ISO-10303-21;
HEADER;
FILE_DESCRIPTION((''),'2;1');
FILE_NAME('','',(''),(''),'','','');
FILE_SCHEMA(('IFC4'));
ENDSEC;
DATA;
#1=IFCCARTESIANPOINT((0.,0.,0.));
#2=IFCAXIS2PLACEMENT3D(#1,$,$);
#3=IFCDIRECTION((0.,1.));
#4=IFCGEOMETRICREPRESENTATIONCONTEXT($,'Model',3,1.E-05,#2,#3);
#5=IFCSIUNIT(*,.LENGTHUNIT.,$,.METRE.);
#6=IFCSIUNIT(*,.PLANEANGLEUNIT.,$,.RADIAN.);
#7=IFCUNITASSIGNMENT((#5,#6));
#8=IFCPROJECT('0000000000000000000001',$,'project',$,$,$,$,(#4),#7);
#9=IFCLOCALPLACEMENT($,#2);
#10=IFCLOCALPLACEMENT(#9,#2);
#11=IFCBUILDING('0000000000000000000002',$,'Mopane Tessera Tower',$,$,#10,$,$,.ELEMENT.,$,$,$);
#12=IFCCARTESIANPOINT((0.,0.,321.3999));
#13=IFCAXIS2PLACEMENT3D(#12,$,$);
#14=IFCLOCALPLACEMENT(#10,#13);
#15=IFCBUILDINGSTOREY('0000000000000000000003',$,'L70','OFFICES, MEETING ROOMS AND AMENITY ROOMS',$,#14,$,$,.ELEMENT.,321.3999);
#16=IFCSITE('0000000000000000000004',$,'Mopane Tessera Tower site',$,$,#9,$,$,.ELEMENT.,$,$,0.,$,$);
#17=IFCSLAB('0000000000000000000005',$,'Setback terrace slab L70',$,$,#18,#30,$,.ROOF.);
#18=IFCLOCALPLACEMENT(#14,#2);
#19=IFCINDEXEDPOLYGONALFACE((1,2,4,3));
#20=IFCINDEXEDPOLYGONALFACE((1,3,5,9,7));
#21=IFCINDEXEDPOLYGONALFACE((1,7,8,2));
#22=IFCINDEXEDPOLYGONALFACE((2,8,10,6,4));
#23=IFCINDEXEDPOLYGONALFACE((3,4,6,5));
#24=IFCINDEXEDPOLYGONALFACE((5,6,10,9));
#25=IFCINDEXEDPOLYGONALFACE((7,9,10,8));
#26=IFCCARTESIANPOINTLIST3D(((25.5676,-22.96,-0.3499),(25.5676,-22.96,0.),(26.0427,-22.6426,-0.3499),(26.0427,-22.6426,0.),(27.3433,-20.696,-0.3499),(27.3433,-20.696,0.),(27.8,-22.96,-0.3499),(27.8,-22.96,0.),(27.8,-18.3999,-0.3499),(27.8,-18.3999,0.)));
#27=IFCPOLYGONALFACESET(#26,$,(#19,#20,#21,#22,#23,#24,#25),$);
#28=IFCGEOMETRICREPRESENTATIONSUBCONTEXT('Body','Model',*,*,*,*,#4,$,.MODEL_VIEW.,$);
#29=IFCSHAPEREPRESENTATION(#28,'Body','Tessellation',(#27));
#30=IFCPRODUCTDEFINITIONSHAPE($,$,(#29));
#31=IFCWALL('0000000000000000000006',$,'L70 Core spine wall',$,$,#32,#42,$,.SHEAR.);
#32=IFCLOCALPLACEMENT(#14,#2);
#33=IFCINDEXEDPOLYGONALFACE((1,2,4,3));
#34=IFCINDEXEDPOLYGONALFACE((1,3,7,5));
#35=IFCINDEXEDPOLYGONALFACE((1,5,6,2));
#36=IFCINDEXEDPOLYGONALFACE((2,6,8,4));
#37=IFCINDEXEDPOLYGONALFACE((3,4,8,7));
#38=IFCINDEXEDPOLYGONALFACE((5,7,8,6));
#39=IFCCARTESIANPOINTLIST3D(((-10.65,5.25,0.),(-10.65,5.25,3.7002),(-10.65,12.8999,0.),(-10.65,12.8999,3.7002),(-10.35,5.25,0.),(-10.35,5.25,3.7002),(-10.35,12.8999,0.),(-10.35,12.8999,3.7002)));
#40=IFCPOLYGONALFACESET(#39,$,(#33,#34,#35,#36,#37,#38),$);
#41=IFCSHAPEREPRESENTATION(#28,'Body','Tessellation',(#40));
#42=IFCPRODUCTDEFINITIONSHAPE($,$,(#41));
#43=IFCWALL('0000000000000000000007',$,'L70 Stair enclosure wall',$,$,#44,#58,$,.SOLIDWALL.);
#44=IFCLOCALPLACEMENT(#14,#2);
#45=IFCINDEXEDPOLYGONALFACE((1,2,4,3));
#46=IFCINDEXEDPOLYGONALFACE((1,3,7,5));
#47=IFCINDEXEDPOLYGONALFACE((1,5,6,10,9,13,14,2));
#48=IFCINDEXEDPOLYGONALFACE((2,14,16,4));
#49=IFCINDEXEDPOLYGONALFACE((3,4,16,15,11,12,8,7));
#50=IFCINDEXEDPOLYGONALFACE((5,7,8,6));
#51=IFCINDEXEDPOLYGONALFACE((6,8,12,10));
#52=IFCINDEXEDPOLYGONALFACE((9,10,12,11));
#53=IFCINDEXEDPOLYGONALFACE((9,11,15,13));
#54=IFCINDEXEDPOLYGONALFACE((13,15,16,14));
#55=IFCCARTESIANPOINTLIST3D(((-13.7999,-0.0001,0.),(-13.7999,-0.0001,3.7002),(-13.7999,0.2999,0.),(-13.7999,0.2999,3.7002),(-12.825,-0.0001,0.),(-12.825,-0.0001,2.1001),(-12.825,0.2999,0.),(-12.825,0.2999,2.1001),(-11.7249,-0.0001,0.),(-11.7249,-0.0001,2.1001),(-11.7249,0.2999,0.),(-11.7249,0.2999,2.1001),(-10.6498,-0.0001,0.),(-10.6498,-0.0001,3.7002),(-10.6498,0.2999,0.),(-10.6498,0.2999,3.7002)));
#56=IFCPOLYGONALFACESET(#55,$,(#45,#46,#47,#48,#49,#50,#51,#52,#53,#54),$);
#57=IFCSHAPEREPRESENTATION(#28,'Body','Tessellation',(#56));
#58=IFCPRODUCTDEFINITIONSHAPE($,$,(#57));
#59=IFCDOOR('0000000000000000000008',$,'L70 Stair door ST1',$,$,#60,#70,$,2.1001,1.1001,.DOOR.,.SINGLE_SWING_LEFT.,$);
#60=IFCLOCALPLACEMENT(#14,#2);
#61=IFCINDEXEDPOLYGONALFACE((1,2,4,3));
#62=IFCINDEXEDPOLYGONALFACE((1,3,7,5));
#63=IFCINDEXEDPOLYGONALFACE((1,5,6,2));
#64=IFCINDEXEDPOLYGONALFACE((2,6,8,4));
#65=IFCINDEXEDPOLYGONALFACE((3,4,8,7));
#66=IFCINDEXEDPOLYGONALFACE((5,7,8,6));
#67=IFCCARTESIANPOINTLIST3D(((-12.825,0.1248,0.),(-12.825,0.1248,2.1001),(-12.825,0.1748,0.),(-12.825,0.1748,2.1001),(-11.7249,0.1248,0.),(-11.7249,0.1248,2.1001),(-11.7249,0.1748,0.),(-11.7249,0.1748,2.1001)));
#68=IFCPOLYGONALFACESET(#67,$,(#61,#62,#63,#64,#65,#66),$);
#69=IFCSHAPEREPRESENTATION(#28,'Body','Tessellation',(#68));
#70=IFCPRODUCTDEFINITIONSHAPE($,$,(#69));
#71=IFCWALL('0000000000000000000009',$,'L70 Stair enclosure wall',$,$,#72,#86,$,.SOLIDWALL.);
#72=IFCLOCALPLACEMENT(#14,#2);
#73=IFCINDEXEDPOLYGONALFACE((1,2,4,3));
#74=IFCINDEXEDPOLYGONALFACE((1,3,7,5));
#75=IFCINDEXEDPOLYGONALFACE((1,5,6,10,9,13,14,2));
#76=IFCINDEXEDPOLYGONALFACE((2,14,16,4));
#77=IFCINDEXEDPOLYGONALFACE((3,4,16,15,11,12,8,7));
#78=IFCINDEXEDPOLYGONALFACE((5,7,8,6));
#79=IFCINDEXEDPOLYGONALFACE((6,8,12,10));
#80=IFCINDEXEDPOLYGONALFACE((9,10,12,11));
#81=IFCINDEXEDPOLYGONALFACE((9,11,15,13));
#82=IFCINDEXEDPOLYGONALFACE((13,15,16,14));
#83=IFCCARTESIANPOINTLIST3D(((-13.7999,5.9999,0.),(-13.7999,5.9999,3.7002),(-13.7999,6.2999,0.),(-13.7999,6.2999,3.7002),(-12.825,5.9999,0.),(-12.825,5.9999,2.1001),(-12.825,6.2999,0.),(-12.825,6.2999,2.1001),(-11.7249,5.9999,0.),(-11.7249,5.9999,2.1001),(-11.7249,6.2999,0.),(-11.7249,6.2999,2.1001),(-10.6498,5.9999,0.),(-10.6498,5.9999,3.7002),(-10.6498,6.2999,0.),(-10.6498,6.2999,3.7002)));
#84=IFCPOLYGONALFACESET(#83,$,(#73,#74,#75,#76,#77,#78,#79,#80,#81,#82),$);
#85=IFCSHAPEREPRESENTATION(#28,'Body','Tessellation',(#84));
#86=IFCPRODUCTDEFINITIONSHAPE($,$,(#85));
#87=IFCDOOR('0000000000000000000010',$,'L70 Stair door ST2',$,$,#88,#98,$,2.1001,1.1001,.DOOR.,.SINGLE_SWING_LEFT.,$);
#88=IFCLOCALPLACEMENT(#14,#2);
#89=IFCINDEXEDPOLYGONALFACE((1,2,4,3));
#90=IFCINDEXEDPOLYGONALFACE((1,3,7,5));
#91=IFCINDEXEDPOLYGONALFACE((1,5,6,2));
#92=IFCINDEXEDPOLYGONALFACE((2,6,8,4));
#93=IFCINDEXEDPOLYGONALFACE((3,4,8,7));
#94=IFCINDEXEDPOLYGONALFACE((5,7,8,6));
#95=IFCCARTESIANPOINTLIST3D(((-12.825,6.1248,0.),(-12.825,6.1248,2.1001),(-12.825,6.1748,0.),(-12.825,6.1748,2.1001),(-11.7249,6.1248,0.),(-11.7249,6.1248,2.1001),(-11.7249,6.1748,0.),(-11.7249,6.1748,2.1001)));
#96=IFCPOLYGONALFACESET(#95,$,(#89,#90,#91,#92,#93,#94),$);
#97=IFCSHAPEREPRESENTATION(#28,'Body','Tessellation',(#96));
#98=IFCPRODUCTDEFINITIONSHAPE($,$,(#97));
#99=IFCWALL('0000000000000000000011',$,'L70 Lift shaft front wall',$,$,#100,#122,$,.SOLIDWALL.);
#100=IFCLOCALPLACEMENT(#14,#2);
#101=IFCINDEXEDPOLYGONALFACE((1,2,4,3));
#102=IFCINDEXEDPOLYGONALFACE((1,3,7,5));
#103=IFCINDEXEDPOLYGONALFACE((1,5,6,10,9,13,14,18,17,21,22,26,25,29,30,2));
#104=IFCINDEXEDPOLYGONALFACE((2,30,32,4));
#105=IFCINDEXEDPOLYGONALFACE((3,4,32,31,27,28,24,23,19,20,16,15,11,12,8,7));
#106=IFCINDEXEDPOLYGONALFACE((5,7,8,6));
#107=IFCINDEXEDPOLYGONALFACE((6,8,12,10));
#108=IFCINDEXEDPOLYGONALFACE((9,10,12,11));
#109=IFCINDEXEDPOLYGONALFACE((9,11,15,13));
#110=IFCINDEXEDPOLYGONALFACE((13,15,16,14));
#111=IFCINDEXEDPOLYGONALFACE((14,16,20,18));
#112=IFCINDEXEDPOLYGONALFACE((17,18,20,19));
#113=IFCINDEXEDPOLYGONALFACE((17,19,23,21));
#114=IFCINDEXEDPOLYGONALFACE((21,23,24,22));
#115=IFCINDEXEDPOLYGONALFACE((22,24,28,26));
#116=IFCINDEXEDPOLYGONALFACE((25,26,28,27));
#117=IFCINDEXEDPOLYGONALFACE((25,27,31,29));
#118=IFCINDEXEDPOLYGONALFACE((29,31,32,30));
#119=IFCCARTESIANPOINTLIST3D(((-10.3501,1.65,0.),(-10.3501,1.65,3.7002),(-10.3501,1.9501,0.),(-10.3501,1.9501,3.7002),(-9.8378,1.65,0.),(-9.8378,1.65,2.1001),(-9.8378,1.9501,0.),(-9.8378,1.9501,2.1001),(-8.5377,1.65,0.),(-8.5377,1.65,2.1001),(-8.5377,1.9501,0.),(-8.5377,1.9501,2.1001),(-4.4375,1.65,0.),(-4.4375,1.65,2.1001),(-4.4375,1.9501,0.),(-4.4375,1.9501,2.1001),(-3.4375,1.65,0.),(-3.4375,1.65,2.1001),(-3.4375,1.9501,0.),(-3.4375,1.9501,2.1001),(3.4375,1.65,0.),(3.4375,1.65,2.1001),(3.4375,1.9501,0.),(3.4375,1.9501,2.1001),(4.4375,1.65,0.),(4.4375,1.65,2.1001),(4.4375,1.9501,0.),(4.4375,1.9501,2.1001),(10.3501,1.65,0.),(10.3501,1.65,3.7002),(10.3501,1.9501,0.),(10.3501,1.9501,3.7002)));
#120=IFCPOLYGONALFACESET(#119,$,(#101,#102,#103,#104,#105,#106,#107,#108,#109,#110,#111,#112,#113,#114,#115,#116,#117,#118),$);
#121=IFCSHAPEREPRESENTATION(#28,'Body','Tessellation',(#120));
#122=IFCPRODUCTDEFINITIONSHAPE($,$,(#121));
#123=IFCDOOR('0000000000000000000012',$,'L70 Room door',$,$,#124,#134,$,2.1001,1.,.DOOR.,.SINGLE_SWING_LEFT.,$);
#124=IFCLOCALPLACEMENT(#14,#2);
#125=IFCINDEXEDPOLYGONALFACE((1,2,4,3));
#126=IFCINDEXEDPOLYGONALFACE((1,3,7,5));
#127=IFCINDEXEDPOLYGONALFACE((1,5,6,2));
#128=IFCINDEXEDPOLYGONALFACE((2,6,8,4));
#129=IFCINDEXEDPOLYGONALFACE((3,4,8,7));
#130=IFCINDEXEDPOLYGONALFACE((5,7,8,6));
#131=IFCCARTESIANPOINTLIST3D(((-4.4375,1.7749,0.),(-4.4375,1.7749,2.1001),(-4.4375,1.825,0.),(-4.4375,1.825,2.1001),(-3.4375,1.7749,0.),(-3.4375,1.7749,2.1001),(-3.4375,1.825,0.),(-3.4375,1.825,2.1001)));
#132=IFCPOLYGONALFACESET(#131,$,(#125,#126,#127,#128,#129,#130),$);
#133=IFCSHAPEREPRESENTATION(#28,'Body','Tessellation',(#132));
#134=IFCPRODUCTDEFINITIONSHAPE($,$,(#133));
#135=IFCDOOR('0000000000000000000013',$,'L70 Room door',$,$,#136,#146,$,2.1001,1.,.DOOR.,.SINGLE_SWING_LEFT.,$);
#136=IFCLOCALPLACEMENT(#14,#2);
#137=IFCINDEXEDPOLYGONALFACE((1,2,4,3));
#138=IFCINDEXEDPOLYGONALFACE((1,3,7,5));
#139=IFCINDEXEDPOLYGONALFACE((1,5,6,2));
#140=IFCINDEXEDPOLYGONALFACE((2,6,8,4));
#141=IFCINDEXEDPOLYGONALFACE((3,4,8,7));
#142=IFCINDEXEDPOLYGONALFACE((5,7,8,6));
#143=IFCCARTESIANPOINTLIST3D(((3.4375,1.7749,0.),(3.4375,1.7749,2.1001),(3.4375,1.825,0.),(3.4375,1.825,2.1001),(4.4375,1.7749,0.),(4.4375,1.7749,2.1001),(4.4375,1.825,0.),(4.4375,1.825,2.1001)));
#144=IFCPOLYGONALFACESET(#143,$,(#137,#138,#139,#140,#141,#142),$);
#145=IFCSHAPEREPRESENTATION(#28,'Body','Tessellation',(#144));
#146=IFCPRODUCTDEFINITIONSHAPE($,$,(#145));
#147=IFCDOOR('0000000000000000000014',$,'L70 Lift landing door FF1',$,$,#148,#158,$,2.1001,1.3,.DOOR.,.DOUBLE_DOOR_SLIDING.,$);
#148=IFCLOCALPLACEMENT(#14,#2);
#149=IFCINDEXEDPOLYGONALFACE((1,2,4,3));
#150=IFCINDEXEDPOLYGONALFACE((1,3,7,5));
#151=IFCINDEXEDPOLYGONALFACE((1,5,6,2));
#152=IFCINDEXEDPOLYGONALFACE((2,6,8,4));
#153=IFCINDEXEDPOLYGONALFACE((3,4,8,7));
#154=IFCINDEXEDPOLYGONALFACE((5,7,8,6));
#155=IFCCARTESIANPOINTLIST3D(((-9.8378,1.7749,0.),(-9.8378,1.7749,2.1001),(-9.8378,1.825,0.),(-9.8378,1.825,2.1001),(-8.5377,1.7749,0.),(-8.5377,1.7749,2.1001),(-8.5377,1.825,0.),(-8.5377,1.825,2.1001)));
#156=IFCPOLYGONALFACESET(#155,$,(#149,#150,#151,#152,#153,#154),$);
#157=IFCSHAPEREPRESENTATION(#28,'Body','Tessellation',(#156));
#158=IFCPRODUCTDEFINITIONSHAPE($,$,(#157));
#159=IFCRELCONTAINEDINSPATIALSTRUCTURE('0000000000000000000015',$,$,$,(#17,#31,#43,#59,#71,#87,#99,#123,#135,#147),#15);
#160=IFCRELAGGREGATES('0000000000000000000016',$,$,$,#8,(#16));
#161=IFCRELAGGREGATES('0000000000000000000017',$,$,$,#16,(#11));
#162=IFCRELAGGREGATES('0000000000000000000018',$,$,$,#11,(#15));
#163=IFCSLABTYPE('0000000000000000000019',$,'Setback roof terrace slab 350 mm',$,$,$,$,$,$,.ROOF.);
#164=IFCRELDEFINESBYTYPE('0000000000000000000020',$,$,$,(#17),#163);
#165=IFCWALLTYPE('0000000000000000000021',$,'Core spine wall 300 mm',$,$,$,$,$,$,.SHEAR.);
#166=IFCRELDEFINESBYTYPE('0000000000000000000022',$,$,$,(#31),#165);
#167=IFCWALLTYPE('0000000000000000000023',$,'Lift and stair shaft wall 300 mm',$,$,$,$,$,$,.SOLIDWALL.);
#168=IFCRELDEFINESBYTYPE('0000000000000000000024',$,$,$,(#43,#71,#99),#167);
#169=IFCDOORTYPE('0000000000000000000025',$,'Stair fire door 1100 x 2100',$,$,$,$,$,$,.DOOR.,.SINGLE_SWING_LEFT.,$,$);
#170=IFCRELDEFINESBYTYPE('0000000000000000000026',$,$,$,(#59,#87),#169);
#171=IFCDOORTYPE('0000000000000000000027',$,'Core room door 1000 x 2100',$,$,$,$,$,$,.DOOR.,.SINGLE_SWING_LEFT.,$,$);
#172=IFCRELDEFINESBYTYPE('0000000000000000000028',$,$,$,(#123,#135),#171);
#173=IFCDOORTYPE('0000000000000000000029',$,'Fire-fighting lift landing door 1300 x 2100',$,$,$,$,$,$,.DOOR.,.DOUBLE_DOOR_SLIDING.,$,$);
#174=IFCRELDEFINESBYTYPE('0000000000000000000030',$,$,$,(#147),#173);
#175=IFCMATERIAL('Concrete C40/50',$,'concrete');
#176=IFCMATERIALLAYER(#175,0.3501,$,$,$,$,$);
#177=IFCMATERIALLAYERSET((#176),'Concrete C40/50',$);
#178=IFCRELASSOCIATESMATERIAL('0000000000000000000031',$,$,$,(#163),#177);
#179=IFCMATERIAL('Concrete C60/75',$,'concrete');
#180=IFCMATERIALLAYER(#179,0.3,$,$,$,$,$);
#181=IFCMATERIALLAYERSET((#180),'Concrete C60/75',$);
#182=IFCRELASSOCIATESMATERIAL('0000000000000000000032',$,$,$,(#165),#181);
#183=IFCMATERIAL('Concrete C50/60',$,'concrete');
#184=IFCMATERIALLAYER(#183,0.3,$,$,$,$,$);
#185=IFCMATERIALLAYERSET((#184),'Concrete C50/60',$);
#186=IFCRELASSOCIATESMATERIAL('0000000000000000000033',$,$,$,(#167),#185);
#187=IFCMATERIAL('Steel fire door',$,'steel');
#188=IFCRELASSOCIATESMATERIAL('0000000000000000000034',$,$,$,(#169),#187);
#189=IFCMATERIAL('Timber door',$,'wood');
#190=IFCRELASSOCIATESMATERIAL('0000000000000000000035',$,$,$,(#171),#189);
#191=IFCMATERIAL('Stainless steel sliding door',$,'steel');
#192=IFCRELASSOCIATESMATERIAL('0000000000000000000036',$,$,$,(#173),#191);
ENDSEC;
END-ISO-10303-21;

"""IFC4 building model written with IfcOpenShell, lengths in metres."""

from ifc_helpers import new_model, si_unit, direction, frame, frame_2d, origin, place, context, subcontext, project, spatial, polyline, rectangle, outline, extrude, material, layer, layer_set, type_object, element, fill, save


model = new_model("IFC4")

# Units and contexts
model_context = context("Model", 3, precision=1e-05, world=origin(), true_north=direction((0.0, 1.0)))
body_context = subcontext(model_context, "Body", "Model", "MODEL_VIEW")
ifc_project = project(units=[si_unit("LENGTHUNIT", "METRE"), si_unit("PLANEANGLEUNIT", "RADIAN")], contexts=[model_context])

# Site, building, storey
site_placement = place(None, origin())
site = spatial("IfcSite", under=ifc_project, at=site_placement, Name="Mopane Tessera Tower site", CompositionType="ELEMENT", RefElevation=0.0)
building_placement = place(site_placement, origin())
building = spatial("IfcBuilding", under=site, at=building_placement, Name="Mopane Tessera Tower", CompositionType="ELEMENT")
storey_placement = place(building_placement, frame((0.0, 0.0, 321.3999)))
storey = spatial("IfcBuildingStorey", under=building, at=storey_placement, Name="L70", Description="OFFICES, MEETING ROOMS AND AMENITY ROOMS", CompositionType="ELEMENT", Elevation=321.3999)

# Slab
ifc_material_1 = material(Name="Concrete C40/50", Category="concrete")
ifc_layer_1 = layer(ifc_material_1, 0.3501)
ifc_layer_set_1 = layer_set([ifc_layer_1], Name="Concrete C40/50")
slab_type = type_object("IfcSlabType", Name="Setback roof terrace slab 350 mm", PredefinedType="ROOF", material=ifc_layer_set_1)
slab_placement = place(storey_placement, frame((0.0, 0.0, -0.3499)))
element("IfcSlab", 1, at=slab_placement, inside=storey, type_object=slab_type, Name="Setback terrace slab L70", PredefinedType="ROOF", context=body_context, shape_type="SweptSolid", body=[
    extrude(outline(polyline([(25.5676, -22.96), (27.8, -22.96), (27.8, -18.3999), (27.3433, -20.696), (26.0427, -22.6426), (25.5676, -22.96)])), origin(), (0.0, 0.0, 1.0), 0.3499),
])

# Wall
ifc_material_2 = material(Name="Concrete C60/75", Category="concrete")
ifc_layer_2 = layer(ifc_material_2, 0.3)
ifc_layer_set_2 = layer_set([ifc_layer_2], Name="Concrete C60/75")
wall_type_1 = type_object("IfcWallType", Name="Core spine wall 300 mm", PredefinedType="SHEAR", material=ifc_layer_set_2)
wall_1_placement = place(storey_placement, frame((-10.5, 5.25, 0.0), z_axis=(0.0, 0.0, 1.0), x_axis=(0.0, 1.0, 0.0)))
element("IfcWall", 2, at=wall_1_placement, inside=storey, type_object=wall_type_1, Name="L70 Core spine wall", PredefinedType="SHEAR", context=body_context, shape_type="SweptSolid", body=[
    extrude(rectangle(XDim=7.6499, YDim=0.3, at=frame_2d((3.825, 0.0))), origin(), (0.0, 0.0, 1.0), 3.7002),
])

# Walls, openings, doors
ifc_material_3 = material(Name="Concrete C50/60", Category="concrete")
ifc_layer_3 = layer(ifc_material_3, 0.3)
ifc_layer_set_3 = layer_set([ifc_layer_3], Name="Concrete C50/60")
wall_type_2 = type_object("IfcWallType", Name="Lift and stair shaft wall 300 mm", PredefinedType="SOLIDWALL", material=ifc_layer_set_3)
wall_2_placement = place(storey_placement, frame((-13.8, 0.1499, 0.0), z_axis=(0.0, 0.0, 1.0), x_axis=(1.0, 0.0, 0.0)))
wall_2 = element("IfcWall", 3, at=wall_2_placement, inside=storey, type_object=wall_type_2, Name="L70 Stair enclosure wall", PredefinedType="SOLIDWALL", context=body_context, shape_type="SweptSolid", body=[
    extrude(rectangle(XDim=3.1501, YDim=0.3, at=frame_2d((1.5752, 0.0))), origin(), (0.0, 0.0, 1.0), 3.7002),
])
opening_1_placement = place(wall_2_placement, frame((0.9751, 0.0, 0.0)))
opening_1 = element("IfcOpeningElement", 4, at=opening_1_placement, cuts=wall_2, PredefinedType="OPENING", context=body_context, shape_type="SweptSolid", body=[
    extrude(rectangle(XDim=1.1001, YDim=2.1001, at=frame_2d((0.55, 1.05))), frame((0.0, 0.1621, 0.0), z_axis=(0.0, -1.0, 0.0), x_axis=(1.0, 0.0, 0.0)), (0.0, 0.0, 1.0), 0.324),
])
ifc_material_4 = material(Name="Steel fire door", Category="steel")
door_type_1 = type_object("IfcDoorType", Name="Stair fire door 1100 x 2100", OperationType="SINGLE_SWING_LEFT", PredefinedType="DOOR", material=ifc_material_4)
door_1_placement = place(opening_1_placement, origin())
door_1 = element("IfcDoor", 5, at=door_1_placement, inside=storey, type_object=door_type_1, Name="L70 Stair door ST1", OperationType="SINGLE_SWING_LEFT", OverallHeight=2.1001, OverallWidth=1.1001, PredefinedType="DOOR", context=body_context, shape_type="SweptSolid", body=[
    extrude(rectangle(XDim=1.1001, YDim=2.1001, at=frame_2d((0.55, 1.05))), frame((0.0, 0.0249, 0.0), z_axis=(0.0, -1.0, 0.0), x_axis=(1.0, 0.0, 0.0)), (0.0, 0.0, 1.0), 0.05),
])
fill(opening_1, door_1)
wall_3_placement = place(storey_placement, frame((-13.8, 6.1499, 0.0), z_axis=(0.0, 0.0, 1.0), x_axis=(1.0, 0.0, 0.0)))
wall_3 = element("IfcWall", 6, at=wall_3_placement, inside=storey, type_object=wall_type_2, Name="L70 Stair enclosure wall", PredefinedType="SOLIDWALL", context=body_context, shape_type="SweptSolid", body=[
    extrude(rectangle(XDim=3.1501, YDim=0.3, at=frame_2d((1.5752, 0.0))), origin(), (0.0, 0.0, 1.0), 3.7002),
])
opening_2_placement = place(wall_3_placement, frame((0.9751, 0.0, 0.0)))
opening_2 = element("IfcOpeningElement", 7, at=opening_2_placement, cuts=wall_3, PredefinedType="OPENING", context=body_context, shape_type="SweptSolid", body=[
    extrude(rectangle(XDim=1.1001, YDim=2.1001, at=frame_2d((0.55, 1.05))), frame((0.0, 0.1621, 0.0), z_axis=(0.0, -1.0, 0.0), x_axis=(1.0, 0.0, 0.0)), (0.0, 0.0, 1.0), 0.324),
])
door_2_placement = place(opening_2_placement, origin())
door_2 = element("IfcDoor", 8, at=door_2_placement, inside=storey, type_object=door_type_1, Name="L70 Stair door ST2", OperationType="SINGLE_SWING_LEFT", OverallHeight=2.1001, OverallWidth=1.1001, PredefinedType="DOOR", context=body_context, shape_type="SweptSolid", body=[
    extrude(rectangle(XDim=1.1001, YDim=2.1001, at=frame_2d((0.55, 1.05))), frame((0.0, 0.0249, 0.0), z_axis=(0.0, -1.0, 0.0), x_axis=(1.0, 0.0, 0.0)), (0.0, 0.0, 1.0), 0.05),
])
fill(opening_2, door_2)

# Wall, openings, doors
wall_4_placement = place(storey_placement, frame((-10.3501, 1.8, 0.0), z_axis=(0.0, 0.0, 1.0), x_axis=(1.0, 0.0, 0.0)))
wall_4 = element("IfcWall", 9, at=wall_4_placement, inside=storey, type_object=wall_type_2, Name="L70 Lift shaft front wall", PredefinedType="SOLIDWALL", context=body_context, shape_type="SweptSolid", body=[
    extrude(rectangle(XDim=20.7002, YDim=0.3, at=frame_2d((10.3501, 0.0))), origin(), (0.0, 0.0, 1.0), 3.7002),
])
opening_3_placement = place(wall_4_placement, frame((0.5125, 0.0, 0.0)))
opening_3 = element("IfcOpeningElement", 10, at=opening_3_placement, cuts=wall_4, PredefinedType="OPENING", context=body_context, shape_type="SweptSolid", body=[
    extrude(rectangle(XDim=1.3, YDim=2.1001, at=frame_2d((0.6499, 1.05))), frame((0.0, 0.1621, 0.0), z_axis=(0.0, -1.0, 0.0), x_axis=(1.0, 0.0, 0.0)), (0.0, 0.0, 1.0), 0.324),
])
opening_4_placement = place(wall_4_placement, frame((5.9126, 0.0, 0.0)))
opening_4 = element("IfcOpeningElement", 11, at=opening_4_placement, cuts=wall_4, PredefinedType="OPENING", context=body_context, shape_type="SweptSolid", body=[
    extrude(rectangle(XDim=1.0, YDim=2.1001, at=frame_2d((0.5, 1.05))), frame((0.0, 0.1621, 0.0), z_axis=(0.0, -1.0, 0.0), x_axis=(1.0, 0.0, 0.0)), (0.0, 0.0, 1.0), 0.324),
])
opening_5_placement = place(wall_4_placement, frame((13.7876, 0.0, 0.0)))
opening_5 = element("IfcOpeningElement", 12, at=opening_5_placement, cuts=wall_4, PredefinedType="OPENING", context=body_context, shape_type="SweptSolid", body=[
    extrude(rectangle(XDim=1.0, YDim=2.1001, at=frame_2d((0.5, 1.05))), frame((0.0, 0.1621, 0.0), z_axis=(0.0, -1.0, 0.0), x_axis=(1.0, 0.0, 0.0)), (0.0, 0.0, 1.0), 0.324),
])
ifc_material_5 = material(Name="Timber door", Category="wood")
door_type_2 = type_object("IfcDoorType", Name="Core room door 1000 x 2100", OperationType="SINGLE_SWING_LEFT", PredefinedType="DOOR", material=ifc_material_5)
door_3_placement = place(opening_4_placement, origin())
door_3 = element("IfcDoor", 13, at=door_3_placement, inside=storey, type_object=door_type_2, Name="L70 Room door", OperationType="SINGLE_SWING_LEFT", OverallHeight=2.1001, OverallWidth=1.0, PredefinedType="DOOR", context=body_context, shape_type="SweptSolid", body=[
    extrude(rectangle(XDim=1.0, YDim=2.1001, at=frame_2d((0.5, 1.05))), frame((0.0, 0.0249, 0.0), z_axis=(0.0, -1.0, 0.0), x_axis=(1.0, 0.0, 0.0)), (0.0, 0.0, 1.0), 0.05),
])
fill(opening_4, door_3)
door_4_placement = place(opening_5_placement, origin())
door_4 = element("IfcDoor", 14, at=door_4_placement, inside=storey, type_object=door_type_2, Name="L70 Room door", OperationType="SINGLE_SWING_LEFT", OverallHeight=2.1001, OverallWidth=1.0, PredefinedType="DOOR", context=body_context, shape_type="SweptSolid", body=[
    extrude(rectangle(XDim=1.0, YDim=2.1001, at=frame_2d((0.5, 1.05))), frame((0.0, 0.0249, 0.0), z_axis=(0.0, -1.0, 0.0), x_axis=(1.0, 0.0, 0.0)), (0.0, 0.0, 1.0), 0.05),
])
fill(opening_5, door_4)
ifc_material_6 = material(Name="Stainless steel sliding door", Category="steel")
door_type_3 = type_object("IfcDoorType", Name="Fire-fighting lift landing door 1300 x 2100", OperationType="DOUBLE_DOOR_SLIDING", PredefinedType="DOOR", material=ifc_material_6)
door_5_placement = place(opening_3_placement, origin())
door_5 = element("IfcDoor", 15, at=door_5_placement, inside=storey, type_object=door_type_3, Name="L70 Lift landing door FF1", OperationType="DOUBLE_DOOR_SLIDING", OverallHeight=2.1001, OverallWidth=1.3, PredefinedType="DOOR", context=body_context, shape_type="SweptSolid", body=[
    extrude(rectangle(XDim=1.3, YDim=2.1001, at=frame_2d((0.6499, 1.05))), frame((0.0, 0.0249, 0.0), z_axis=(0.0, -1.0, 0.0), x_axis=(1.0, 0.0, 0.0)), (0.0, 0.0, 1.0), 0.05),
])
fill(opening_3, door_5)

save(model, "model.ifc")
